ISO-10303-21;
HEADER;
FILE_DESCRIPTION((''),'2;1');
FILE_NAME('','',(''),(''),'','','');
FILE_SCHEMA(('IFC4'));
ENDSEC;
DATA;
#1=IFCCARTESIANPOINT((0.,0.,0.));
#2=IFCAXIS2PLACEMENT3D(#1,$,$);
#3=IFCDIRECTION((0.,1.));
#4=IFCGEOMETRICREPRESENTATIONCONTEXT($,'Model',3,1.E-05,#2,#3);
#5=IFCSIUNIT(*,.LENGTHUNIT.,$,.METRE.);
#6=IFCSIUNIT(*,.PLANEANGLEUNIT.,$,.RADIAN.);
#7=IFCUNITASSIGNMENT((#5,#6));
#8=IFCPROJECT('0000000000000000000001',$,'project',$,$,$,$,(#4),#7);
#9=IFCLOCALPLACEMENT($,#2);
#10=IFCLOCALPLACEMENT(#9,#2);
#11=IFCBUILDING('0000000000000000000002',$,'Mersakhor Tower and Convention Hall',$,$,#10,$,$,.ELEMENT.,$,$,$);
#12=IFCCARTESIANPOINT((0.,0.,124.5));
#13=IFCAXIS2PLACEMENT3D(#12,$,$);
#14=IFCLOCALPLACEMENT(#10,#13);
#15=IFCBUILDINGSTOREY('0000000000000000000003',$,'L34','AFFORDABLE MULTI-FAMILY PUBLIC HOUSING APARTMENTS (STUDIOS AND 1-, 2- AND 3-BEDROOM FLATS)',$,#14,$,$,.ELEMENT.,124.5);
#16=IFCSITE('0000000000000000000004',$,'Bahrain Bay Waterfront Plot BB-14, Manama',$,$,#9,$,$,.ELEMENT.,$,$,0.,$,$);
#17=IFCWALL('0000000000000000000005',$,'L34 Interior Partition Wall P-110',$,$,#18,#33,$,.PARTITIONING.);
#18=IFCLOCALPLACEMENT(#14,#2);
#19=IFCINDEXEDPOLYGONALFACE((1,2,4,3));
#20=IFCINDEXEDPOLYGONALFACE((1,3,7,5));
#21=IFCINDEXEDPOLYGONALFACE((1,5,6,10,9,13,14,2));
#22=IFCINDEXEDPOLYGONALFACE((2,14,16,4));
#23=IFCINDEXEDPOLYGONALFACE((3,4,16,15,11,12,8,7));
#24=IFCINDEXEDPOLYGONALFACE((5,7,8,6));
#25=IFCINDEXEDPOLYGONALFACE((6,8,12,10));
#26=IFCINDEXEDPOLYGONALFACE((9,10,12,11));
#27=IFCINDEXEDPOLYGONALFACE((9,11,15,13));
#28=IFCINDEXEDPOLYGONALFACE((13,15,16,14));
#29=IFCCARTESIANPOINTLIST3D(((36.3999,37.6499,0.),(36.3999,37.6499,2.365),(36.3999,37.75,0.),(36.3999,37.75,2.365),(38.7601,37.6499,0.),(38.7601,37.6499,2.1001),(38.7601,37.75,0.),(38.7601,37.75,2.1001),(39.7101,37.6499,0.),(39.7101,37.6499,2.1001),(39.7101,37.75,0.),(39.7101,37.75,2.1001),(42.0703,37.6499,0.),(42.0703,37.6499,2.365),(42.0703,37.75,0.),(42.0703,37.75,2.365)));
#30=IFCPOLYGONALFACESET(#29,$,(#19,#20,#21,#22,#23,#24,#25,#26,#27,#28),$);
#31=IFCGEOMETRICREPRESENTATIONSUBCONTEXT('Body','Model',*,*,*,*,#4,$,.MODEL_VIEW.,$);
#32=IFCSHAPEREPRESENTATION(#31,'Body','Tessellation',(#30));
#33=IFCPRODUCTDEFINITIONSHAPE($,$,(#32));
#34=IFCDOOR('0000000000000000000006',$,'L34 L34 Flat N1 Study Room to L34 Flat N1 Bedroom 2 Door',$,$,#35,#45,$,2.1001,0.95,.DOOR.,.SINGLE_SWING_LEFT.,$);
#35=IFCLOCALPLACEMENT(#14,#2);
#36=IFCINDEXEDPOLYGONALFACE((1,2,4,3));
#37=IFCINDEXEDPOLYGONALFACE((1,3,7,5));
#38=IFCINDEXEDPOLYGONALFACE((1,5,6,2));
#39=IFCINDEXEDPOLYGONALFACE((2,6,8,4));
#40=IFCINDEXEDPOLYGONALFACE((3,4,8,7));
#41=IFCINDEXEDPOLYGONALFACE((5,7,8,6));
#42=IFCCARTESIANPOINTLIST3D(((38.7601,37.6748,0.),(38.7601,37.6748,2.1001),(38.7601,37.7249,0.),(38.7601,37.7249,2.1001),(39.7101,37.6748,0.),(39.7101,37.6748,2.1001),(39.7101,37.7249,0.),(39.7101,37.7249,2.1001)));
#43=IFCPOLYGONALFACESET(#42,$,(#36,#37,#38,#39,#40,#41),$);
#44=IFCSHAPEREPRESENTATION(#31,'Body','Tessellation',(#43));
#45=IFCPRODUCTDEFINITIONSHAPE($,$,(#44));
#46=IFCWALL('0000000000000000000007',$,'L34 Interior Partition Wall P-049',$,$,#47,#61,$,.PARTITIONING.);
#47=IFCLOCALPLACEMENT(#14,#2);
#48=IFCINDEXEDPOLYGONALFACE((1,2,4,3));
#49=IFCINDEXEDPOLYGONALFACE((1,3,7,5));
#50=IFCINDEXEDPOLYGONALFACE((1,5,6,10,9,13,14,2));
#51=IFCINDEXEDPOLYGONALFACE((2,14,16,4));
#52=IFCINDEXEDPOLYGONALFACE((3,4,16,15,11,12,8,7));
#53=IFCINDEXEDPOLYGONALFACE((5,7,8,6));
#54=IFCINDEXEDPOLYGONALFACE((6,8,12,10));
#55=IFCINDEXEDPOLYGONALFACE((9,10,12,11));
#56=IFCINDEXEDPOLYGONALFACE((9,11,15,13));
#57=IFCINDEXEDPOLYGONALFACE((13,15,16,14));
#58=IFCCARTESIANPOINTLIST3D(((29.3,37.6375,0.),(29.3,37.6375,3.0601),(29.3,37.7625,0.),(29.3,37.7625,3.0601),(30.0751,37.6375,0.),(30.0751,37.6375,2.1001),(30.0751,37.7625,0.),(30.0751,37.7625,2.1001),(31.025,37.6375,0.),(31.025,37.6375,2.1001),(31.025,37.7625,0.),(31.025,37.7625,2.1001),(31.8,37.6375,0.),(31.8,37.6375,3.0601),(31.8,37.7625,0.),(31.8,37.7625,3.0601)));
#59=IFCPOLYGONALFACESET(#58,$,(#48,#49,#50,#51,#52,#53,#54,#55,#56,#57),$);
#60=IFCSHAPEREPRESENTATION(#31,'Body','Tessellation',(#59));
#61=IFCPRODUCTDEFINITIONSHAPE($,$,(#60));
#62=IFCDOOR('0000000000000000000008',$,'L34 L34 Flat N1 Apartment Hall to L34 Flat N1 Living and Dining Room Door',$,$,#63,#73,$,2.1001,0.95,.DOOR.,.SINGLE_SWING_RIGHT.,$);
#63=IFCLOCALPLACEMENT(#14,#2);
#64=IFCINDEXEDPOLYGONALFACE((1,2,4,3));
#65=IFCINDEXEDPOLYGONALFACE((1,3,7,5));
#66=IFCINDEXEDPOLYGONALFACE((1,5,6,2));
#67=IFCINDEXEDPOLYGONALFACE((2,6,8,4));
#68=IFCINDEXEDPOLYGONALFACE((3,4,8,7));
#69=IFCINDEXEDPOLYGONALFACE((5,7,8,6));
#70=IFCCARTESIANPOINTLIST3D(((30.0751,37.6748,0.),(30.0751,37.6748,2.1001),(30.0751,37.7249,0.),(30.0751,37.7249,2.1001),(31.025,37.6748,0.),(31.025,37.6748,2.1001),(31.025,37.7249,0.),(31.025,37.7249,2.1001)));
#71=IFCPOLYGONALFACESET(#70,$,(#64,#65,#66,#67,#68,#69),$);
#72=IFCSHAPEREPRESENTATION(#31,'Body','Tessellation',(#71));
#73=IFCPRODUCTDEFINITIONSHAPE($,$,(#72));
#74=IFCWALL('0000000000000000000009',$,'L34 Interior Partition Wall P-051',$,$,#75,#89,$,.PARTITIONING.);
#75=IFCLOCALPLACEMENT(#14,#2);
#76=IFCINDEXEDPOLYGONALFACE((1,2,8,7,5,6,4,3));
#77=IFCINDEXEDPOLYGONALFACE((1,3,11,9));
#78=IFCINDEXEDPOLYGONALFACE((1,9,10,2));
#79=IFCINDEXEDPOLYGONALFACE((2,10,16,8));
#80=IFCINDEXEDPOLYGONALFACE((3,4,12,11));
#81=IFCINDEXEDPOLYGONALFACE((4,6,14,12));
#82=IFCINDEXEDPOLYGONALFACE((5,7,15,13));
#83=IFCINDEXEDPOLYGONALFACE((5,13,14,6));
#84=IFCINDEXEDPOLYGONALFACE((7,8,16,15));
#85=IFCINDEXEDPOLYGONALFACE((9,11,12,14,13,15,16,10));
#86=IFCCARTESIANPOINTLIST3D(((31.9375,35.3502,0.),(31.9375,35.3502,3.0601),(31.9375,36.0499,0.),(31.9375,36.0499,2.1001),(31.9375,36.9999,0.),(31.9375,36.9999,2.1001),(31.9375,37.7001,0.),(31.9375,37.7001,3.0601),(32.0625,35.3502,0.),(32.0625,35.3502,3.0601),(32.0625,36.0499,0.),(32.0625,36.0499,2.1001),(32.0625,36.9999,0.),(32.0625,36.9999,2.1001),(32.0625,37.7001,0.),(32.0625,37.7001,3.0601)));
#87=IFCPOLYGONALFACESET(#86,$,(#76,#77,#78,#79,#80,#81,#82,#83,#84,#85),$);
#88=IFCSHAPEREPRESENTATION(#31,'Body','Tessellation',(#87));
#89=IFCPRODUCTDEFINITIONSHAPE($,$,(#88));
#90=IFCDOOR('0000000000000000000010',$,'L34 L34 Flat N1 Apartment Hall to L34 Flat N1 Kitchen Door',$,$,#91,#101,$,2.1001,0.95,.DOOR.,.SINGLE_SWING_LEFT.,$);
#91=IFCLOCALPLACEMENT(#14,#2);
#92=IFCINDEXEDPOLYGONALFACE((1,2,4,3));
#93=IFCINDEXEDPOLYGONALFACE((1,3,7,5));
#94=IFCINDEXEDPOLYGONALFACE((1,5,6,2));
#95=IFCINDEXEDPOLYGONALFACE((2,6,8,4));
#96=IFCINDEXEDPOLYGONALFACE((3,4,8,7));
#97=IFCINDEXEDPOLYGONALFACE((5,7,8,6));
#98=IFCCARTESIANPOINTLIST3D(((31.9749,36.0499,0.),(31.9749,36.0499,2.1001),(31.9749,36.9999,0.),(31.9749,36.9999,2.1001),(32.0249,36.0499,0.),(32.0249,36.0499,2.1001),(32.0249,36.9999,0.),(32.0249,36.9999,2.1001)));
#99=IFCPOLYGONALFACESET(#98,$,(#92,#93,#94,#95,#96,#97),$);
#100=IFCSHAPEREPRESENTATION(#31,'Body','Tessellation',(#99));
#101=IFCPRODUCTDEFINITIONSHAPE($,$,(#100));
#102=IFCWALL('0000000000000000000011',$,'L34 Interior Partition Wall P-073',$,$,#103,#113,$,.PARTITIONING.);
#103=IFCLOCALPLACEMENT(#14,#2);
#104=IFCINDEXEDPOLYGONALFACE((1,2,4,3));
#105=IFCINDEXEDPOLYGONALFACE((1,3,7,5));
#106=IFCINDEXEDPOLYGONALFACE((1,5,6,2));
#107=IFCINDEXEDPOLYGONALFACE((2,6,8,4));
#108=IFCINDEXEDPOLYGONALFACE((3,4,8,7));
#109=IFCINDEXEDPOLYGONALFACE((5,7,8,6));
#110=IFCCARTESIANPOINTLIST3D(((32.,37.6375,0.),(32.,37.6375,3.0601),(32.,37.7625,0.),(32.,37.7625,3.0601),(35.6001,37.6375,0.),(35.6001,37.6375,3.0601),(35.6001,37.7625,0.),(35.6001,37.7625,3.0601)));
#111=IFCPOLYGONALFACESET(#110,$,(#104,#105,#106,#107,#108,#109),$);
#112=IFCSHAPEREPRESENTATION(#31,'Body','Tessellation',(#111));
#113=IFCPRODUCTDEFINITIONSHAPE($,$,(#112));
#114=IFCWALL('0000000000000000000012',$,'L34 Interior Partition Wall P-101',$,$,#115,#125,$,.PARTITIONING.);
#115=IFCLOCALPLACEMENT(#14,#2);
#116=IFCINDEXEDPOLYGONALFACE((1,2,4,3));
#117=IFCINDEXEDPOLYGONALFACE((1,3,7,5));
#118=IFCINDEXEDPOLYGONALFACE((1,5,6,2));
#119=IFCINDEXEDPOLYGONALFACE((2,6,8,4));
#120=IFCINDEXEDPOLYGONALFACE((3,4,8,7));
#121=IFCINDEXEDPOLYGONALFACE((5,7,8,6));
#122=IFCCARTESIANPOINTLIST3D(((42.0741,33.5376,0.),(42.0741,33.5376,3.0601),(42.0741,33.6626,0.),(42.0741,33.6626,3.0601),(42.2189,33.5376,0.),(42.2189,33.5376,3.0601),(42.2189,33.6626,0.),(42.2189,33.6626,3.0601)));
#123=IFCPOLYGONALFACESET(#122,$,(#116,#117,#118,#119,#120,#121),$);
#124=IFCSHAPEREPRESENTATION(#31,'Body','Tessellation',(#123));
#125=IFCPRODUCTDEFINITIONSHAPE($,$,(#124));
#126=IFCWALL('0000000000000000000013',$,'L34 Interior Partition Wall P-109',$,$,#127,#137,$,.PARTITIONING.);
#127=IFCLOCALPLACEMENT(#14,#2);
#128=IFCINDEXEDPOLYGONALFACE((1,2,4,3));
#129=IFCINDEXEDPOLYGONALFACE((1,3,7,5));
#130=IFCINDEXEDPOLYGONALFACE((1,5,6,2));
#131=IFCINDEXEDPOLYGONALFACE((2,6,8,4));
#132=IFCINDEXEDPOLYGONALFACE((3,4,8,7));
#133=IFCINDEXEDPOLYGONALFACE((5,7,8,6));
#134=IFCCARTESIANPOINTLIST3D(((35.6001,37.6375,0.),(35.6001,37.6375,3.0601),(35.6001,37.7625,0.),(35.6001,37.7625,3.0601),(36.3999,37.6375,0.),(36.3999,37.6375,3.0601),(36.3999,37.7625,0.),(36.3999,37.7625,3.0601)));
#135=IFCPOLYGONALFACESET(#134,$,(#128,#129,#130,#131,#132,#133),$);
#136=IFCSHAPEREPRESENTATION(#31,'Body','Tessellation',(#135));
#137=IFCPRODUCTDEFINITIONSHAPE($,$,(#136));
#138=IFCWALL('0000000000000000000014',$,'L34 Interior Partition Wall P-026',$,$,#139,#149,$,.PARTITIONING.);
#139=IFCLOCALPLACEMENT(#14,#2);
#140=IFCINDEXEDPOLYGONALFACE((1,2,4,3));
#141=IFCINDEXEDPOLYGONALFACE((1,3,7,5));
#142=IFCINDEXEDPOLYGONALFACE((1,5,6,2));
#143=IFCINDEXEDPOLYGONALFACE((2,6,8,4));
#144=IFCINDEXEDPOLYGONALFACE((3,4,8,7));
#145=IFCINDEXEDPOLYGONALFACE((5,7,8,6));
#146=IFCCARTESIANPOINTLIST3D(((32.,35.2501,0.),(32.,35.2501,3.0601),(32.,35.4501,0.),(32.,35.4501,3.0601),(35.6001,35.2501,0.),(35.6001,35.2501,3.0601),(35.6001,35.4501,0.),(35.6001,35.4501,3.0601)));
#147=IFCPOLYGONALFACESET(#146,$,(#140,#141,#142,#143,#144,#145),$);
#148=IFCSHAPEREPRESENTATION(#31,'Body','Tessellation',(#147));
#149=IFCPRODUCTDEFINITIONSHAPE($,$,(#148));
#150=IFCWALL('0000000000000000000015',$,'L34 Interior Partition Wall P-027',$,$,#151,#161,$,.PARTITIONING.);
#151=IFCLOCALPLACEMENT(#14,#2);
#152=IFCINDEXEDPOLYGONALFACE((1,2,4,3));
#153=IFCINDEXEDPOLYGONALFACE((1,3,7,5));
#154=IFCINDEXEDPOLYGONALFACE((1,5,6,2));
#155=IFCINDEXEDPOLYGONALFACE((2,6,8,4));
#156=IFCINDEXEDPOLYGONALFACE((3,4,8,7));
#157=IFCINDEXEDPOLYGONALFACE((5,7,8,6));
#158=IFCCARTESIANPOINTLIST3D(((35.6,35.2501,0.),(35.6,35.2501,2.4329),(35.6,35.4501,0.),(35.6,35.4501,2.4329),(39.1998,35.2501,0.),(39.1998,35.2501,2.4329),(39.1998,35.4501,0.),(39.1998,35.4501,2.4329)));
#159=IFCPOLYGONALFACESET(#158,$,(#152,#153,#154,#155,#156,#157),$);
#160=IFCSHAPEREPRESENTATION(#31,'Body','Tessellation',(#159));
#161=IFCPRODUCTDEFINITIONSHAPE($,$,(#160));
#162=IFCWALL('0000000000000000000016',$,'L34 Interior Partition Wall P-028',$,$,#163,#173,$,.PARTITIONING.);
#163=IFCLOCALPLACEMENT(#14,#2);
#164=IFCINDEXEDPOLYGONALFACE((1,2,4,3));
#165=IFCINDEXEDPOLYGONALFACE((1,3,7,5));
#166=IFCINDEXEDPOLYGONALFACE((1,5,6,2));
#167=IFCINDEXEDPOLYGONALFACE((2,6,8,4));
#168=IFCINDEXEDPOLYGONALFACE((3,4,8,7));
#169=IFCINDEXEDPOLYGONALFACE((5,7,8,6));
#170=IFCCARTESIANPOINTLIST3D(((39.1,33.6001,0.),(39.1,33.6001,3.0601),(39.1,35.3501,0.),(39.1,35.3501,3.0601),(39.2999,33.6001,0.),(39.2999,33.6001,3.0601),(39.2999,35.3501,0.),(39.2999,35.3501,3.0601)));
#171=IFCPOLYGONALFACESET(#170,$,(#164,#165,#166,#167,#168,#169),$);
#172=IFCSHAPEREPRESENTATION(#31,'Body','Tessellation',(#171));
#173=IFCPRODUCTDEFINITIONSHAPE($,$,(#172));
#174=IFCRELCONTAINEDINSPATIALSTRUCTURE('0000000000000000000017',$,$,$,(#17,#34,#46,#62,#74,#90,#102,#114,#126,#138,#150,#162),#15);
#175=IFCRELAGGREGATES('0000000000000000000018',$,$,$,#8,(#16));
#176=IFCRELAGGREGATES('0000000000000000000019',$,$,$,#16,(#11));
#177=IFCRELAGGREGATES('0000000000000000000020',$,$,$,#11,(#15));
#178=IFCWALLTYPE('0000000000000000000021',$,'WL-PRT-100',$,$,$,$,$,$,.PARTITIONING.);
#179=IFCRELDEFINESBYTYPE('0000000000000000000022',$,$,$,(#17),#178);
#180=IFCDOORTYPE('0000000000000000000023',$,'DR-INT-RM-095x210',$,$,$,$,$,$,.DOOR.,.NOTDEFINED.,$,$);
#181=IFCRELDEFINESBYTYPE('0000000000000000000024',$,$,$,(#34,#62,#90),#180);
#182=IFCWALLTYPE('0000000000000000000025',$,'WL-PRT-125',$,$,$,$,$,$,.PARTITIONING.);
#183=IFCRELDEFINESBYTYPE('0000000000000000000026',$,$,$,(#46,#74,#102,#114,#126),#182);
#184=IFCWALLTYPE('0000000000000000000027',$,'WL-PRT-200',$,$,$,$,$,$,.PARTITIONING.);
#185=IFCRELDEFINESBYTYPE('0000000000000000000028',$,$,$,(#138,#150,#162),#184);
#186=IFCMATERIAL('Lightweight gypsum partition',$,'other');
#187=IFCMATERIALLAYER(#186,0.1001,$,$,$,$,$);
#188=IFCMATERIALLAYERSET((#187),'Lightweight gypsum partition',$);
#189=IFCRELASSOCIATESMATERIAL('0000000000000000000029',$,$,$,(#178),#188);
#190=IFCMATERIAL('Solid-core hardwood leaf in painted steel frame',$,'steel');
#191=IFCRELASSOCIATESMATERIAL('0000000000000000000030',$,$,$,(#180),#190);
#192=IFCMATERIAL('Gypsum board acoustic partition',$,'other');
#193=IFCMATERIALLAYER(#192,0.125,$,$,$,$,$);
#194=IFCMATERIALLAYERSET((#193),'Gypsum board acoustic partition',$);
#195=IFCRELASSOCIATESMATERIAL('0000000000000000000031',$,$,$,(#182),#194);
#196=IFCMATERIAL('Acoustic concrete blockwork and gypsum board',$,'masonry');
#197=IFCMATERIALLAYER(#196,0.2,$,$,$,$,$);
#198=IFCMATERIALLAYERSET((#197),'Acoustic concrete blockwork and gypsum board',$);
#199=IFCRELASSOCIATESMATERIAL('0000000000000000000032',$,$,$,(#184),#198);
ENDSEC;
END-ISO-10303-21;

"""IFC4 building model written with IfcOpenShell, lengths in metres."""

from ifc_helpers import new_model, si_unit, direction, frame, frame_2d, origin, place, context, subcontext, project, spatial, rectangle, extrude, material, layer, layer_set, type_object, element, fill, save


model = new_model("IFC4")

# Units and contexts
model_context = context("Model", 3, precision=1e-05, world=origin(), true_north=direction((0.0, 1.0)))
body_context = subcontext(model_context, "Body", "Model", "MODEL_VIEW")
ifc_project = project(units=[si_unit("LENGTHUNIT", "METRE"), si_unit("PLANEANGLEUNIT", "RADIAN")], contexts=[model_context])

# Site, building, storey
site_placement = place(None, origin())
site = spatial("IfcSite", under=ifc_project, at=site_placement, Name="Bahrain Bay Waterfront Plot BB-14, Manama", CompositionType="ELEMENT", RefElevation=0.0)
building_placement = place(site_placement, origin())
building = spatial("IfcBuilding", under=site, at=building_placement, Name="Mersakhor Tower and Convention Hall", CompositionType="ELEMENT")
storey_placement = place(building_placement, frame((0.0, 0.0, 124.5)))
storey = spatial("IfcBuildingStorey", under=building, at=storey_placement, Name="L34", Description="AFFORDABLE MULTI-FAMILY PUBLIC HOUSING APARTMENTS (STUDIOS AND 1-, 2- AND 3-BEDROOM FLATS)", CompositionType="ELEMENT", Elevation=124.5)

# Shared definitions
ifc_material_1 = material(Name="Lightweight gypsum partition", Category="other")
ifc_layer_1 = layer(ifc_material_1, 0.1001)
ifc_layer_set_1 = layer_set([ifc_layer_1], Name="Lightweight gypsum partition")
wall_type_1 = type_object("IfcWallType", Name="WL-PRT-100", PredefinedType="PARTITIONING", material=ifc_layer_set_1)

# Walls, openings, doors
wall_1_placement = place(storey_placement, frame((36.3999, 37.7, 0.0), z_axis=(0.0, 0.0, 1.0), x_axis=(1.0, 0.0, 0.0)))
wall_1 = element("IfcWall", 1, at=wall_1_placement, inside=storey, type_object=wall_type_1, Name="L34 Interior Partition Wall P-110", PredefinedType="PARTITIONING", context=body_context, shape_type="SweptSolid", body=[
    extrude(rectangle(XDim=5.6704, YDim=0.1001, at=frame_2d((2.8352, 0.0))), origin(), (0.0, 0.0, 1.0), 2.365),
])
opening_1_placement = place(wall_1_placement, frame((2.3601, 0.0, 0.0)))
opening_1 = element("IfcOpeningElement", 2, at=opening_1_placement, cuts=wall_1, PredefinedType="OPENING", context=body_context, shape_type="SweptSolid", body=[
    extrude(rectangle(XDim=0.95, YDim=2.1001, at=frame_2d((0.4751, 1.05))), frame((0.0, 0.0601, 0.0), z_axis=(0.0, -1.0, 0.0), x_axis=(1.0, 0.0, 0.0)), (0.0, 0.0, 1.0), 0.1201),
])
ifc_material_2 = material(Name="Solid-core hardwood leaf in painted steel frame", Category="steel")
door_type_1 = type_object("IfcDoorType", Name="DR-INT-RM-095x210", OperationType="NOTDEFINED", PredefinedType="DOOR", material=ifc_material_2)
door_1_placement = place(opening_1_placement, origin())
door_1 = element("IfcDoor", 3, at=door_1_placement, inside=storey, type_object=door_type_1, Name="L34 L34 Flat N1 Study Room to L34 Flat N1 Bedroom 2 Door", OperationType="SINGLE_SWING_LEFT", OverallHeight=2.1001, OverallWidth=0.95, PredefinedType="DOOR", context=body_context, shape_type="SweptSolid", body=[
    extrude(rectangle(XDim=0.95, YDim=2.1001, at=frame_2d((0.4751, 1.05))), frame((0.0, 0.0249, 0.0), z_axis=(0.0, -1.0, 0.0), x_axis=(1.0, 0.0, 0.0)), (0.0, 0.0, 1.0), 0.05),
])
fill(opening_1, door_1)
ifc_material_3 = material(Name="Gypsum board acoustic partition", Category="other")
ifc_layer_2 = layer(ifc_material_3, 0.125)
ifc_layer_set_2 = layer_set([ifc_layer_2], Name="Gypsum board acoustic partition")
wall_type_2 = type_object("IfcWallType", Name="WL-PRT-125", PredefinedType="PARTITIONING", material=ifc_layer_set_2)
wall_2_placement = place(storey_placement, frame((29.3, 37.7, 0.0), z_axis=(0.0, 0.0, 1.0), x_axis=(1.0, 0.0, 0.0)))
wall_2 = element("IfcWall", 4, at=wall_2_placement, inside=storey, type_object=wall_type_2, Name="L34 Interior Partition Wall P-049", PredefinedType="PARTITIONING", context=body_context, shape_type="SweptSolid", body=[
    extrude(rectangle(XDim=2.5, YDim=0.125, at=frame_2d((1.25, 0.0))), origin(), (0.0, 0.0, 1.0), 3.0601),
])
opening_2_placement = place(wall_2_placement, frame((0.7749, 0.0, 0.0)))
opening_2 = element("IfcOpeningElement", 5, at=opening_2_placement, cuts=wall_2, PredefinedType="OPENING", context=body_context, shape_type="SweptSolid", body=[
    extrude(rectangle(XDim=0.95, YDim=2.1001, at=frame_2d((0.4751, 1.05))), frame((0.0, 0.0725, 0.0), z_axis=(0.0, -1.0, 0.0), x_axis=(1.0, 0.0, 0.0)), (0.0, 0.0, 1.0), 0.145),
])
door_2_placement = place(opening_2_placement, origin())
door_2 = element("IfcDoor", 6, at=door_2_placement, inside=storey, type_object=door_type_1, Name="L34 L34 Flat N1 Apartment Hall to L34 Flat N1 Living and Dining Room Door", OperationType="SINGLE_SWING_RIGHT", OverallHeight=2.1001, OverallWidth=0.95, PredefinedType="DOOR", context=body_context, shape_type="SweptSolid", body=[
    extrude(rectangle(XDim=0.95, YDim=2.1001, at=frame_2d((0.4751, 1.05))), frame((0.0, 0.0249, 0.0), z_axis=(0.0, -1.0, 0.0), x_axis=(1.0, 0.0, 0.0)), (0.0, 0.0, 1.0), 0.05),
])
fill(opening_2, door_2)
wall_3_placement = place(storey_placement, frame((32.0, 37.7, 0.0), z_axis=(0.0, 0.0, 1.0), x_axis=(0.0, -1.0, 0.0)))
wall_3 = element("IfcWall", 7, at=wall_3_placement, inside=storey, type_object=wall_type_2, Name="L34 Interior Partition Wall P-051", PredefinedType="PARTITIONING", context=body_context, shape_type="SweptSolid", body=[
    extrude(rectangle(XDim=2.3499, YDim=0.125, at=frame_2d((1.1748, 0.0))), origin(), (0.0, 0.0, 1.0), 3.0601),
])
opening_3_placement = place(wall_3_placement, frame((0.7, 0.0, 0.0)))
opening_3 = element("IfcOpeningElement", 8, at=opening_3_placement, cuts=wall_3, PredefinedType="OPENING", context=body_context, shape_type="SweptSolid", body=[
    extrude(rectangle(XDim=0.95, YDim=2.1001, at=frame_2d((0.4751, 1.05))), frame((0.0, 0.0725, 0.0), z_axis=(0.0, -1.0, 0.0), x_axis=(1.0, 0.0, 0.0)), (0.0, 0.0, 1.0), 0.145),
])
door_3_placement = place(opening_3_placement, origin())
door_3 = element("IfcDoor", 9, at=door_3_placement, inside=storey, type_object=door_type_1, Name="L34 L34 Flat N1 Apartment Hall to L34 Flat N1 Kitchen Door", OperationType="SINGLE_SWING_LEFT", OverallHeight=2.1001, OverallWidth=0.95, PredefinedType="DOOR", context=body_context, shape_type="SweptSolid", body=[
    extrude(rectangle(XDim=0.95, YDim=2.1001, at=frame_2d((0.4751, 1.05))), frame((0.0, 0.0249, 0.0), z_axis=(0.0, -1.0, 0.0), x_axis=(1.0, 0.0, 0.0)), (0.0, 0.0, 1.0), 0.05),
])
fill(opening_3, door_3)

# Walls
wall_4_placement = place(storey_placement, frame((32.0, 37.7, 0.0), z_axis=(0.0, 0.0, 1.0), x_axis=(1.0, 0.0, 0.0)))
element("IfcWall", 10, at=wall_4_placement, inside=storey, type_object=wall_type_2, Name="L34 Interior Partition Wall P-073", PredefinedType="PARTITIONING", context=body_context, shape_type="SweptSolid", body=[
    extrude(rectangle(XDim=3.6001, YDim=0.125, at=frame_2d((1.8, 0.0))), origin(), (0.0, 0.0, 1.0), 3.0601),
])
wall_5_placement = place(storey_placement, frame((42.0742, 33.6001, 0.0), z_axis=(0.0, 0.0, 1.0), x_axis=(1.0, 0.0, 0.0)))
element("IfcWall", 11, at=wall_5_placement, inside=storey, type_object=wall_type_2, Name="L34 Interior Partition Wall P-101", PredefinedType="PARTITIONING", context=body_context, shape_type="SweptSolid", body=[
    extrude(rectangle(XDim=0.1448, YDim=0.125, at=frame_2d((0.0723, 0.0))), origin(), (0.0, 0.0, 1.0), 3.0601),
])
wall_6_placement = place(storey_placement, frame((35.6001, 37.7, 0.0), z_axis=(0.0, 0.0, 1.0), x_axis=(1.0, 0.0, 0.0)))
element("IfcWall", 12, at=wall_6_placement, inside=storey, type_object=wall_type_2, Name="L34 Interior Partition Wall P-109", PredefinedType="PARTITIONING", context=body_context, shape_type="SweptSolid", body=[
    extrude(rectangle(XDim=0.7998, YDim=0.125, at=frame_2d((0.3999, 0.0))), origin(), (0.0, 0.0, 1.0), 3.0601),
])
ifc_material_4 = material(Name="Acoustic concrete blockwork and gypsum board", Category="masonry")
ifc_layer_3 = layer(ifc_material_4, 0.2)
ifc_layer_set_3 = layer_set([ifc_layer_3], Name="Acoustic concrete blockwork and gypsum board")
wall_type_3 = type_object("IfcWallType", Name="WL-PRT-200", PredefinedType="PARTITIONING", material=ifc_layer_set_3)
wall_7_placement = place(storey_placement, frame((32.0, 35.3501, 0.0), z_axis=(0.0, 0.0, 1.0), x_axis=(1.0, 0.0, 0.0)))
element("IfcWall", 13, at=wall_7_placement, inside=storey, type_object=wall_type_3, Name="L34 Interior Partition Wall P-026", PredefinedType="PARTITIONING", context=body_context, shape_type="SweptSolid", body=[
    extrude(rectangle(XDim=3.6001, YDim=0.2, at=frame_2d((1.8, 0.0))), origin(), (0.0, 0.0, 1.0), 3.0601),
])
wall_8_placement = place(storey_placement, frame((35.6001, 35.3501, 0.0), z_axis=(0.0, 0.0, 1.0), x_axis=(1.0, 0.0, 0.0)))
element("IfcWall", 14, at=wall_8_placement, inside=storey, type_object=wall_type_3, Name="L34 Interior Partition Wall P-027", PredefinedType="PARTITIONING", context=body_context, shape_type="SweptSolid", body=[
    extrude(rectangle(XDim=3.5999, YDim=0.2, at=frame_2d((1.7998, 0.0))), origin(), (0.0, 0.0, 1.0), 2.4329),
])
wall_9_placement = place(storey_placement, frame((39.2, 35.3501, 0.0), z_axis=(0.0, 0.0, 1.0), x_axis=(0.0, -1.0, 0.0)))
element("IfcWall", 15, at=wall_9_placement, inside=storey, type_object=wall_type_3, Name="L34 Interior Partition Wall P-028", PredefinedType="PARTITIONING", context=body_context, shape_type="SweptSolid", body=[
    extrude(rectangle(XDim=1.75, YDim=0.2, at=frame_2d((0.875, 0.0))), origin(), (0.0, 0.0, 1.0), 3.0601),
])

save(model, "model.ifc")
